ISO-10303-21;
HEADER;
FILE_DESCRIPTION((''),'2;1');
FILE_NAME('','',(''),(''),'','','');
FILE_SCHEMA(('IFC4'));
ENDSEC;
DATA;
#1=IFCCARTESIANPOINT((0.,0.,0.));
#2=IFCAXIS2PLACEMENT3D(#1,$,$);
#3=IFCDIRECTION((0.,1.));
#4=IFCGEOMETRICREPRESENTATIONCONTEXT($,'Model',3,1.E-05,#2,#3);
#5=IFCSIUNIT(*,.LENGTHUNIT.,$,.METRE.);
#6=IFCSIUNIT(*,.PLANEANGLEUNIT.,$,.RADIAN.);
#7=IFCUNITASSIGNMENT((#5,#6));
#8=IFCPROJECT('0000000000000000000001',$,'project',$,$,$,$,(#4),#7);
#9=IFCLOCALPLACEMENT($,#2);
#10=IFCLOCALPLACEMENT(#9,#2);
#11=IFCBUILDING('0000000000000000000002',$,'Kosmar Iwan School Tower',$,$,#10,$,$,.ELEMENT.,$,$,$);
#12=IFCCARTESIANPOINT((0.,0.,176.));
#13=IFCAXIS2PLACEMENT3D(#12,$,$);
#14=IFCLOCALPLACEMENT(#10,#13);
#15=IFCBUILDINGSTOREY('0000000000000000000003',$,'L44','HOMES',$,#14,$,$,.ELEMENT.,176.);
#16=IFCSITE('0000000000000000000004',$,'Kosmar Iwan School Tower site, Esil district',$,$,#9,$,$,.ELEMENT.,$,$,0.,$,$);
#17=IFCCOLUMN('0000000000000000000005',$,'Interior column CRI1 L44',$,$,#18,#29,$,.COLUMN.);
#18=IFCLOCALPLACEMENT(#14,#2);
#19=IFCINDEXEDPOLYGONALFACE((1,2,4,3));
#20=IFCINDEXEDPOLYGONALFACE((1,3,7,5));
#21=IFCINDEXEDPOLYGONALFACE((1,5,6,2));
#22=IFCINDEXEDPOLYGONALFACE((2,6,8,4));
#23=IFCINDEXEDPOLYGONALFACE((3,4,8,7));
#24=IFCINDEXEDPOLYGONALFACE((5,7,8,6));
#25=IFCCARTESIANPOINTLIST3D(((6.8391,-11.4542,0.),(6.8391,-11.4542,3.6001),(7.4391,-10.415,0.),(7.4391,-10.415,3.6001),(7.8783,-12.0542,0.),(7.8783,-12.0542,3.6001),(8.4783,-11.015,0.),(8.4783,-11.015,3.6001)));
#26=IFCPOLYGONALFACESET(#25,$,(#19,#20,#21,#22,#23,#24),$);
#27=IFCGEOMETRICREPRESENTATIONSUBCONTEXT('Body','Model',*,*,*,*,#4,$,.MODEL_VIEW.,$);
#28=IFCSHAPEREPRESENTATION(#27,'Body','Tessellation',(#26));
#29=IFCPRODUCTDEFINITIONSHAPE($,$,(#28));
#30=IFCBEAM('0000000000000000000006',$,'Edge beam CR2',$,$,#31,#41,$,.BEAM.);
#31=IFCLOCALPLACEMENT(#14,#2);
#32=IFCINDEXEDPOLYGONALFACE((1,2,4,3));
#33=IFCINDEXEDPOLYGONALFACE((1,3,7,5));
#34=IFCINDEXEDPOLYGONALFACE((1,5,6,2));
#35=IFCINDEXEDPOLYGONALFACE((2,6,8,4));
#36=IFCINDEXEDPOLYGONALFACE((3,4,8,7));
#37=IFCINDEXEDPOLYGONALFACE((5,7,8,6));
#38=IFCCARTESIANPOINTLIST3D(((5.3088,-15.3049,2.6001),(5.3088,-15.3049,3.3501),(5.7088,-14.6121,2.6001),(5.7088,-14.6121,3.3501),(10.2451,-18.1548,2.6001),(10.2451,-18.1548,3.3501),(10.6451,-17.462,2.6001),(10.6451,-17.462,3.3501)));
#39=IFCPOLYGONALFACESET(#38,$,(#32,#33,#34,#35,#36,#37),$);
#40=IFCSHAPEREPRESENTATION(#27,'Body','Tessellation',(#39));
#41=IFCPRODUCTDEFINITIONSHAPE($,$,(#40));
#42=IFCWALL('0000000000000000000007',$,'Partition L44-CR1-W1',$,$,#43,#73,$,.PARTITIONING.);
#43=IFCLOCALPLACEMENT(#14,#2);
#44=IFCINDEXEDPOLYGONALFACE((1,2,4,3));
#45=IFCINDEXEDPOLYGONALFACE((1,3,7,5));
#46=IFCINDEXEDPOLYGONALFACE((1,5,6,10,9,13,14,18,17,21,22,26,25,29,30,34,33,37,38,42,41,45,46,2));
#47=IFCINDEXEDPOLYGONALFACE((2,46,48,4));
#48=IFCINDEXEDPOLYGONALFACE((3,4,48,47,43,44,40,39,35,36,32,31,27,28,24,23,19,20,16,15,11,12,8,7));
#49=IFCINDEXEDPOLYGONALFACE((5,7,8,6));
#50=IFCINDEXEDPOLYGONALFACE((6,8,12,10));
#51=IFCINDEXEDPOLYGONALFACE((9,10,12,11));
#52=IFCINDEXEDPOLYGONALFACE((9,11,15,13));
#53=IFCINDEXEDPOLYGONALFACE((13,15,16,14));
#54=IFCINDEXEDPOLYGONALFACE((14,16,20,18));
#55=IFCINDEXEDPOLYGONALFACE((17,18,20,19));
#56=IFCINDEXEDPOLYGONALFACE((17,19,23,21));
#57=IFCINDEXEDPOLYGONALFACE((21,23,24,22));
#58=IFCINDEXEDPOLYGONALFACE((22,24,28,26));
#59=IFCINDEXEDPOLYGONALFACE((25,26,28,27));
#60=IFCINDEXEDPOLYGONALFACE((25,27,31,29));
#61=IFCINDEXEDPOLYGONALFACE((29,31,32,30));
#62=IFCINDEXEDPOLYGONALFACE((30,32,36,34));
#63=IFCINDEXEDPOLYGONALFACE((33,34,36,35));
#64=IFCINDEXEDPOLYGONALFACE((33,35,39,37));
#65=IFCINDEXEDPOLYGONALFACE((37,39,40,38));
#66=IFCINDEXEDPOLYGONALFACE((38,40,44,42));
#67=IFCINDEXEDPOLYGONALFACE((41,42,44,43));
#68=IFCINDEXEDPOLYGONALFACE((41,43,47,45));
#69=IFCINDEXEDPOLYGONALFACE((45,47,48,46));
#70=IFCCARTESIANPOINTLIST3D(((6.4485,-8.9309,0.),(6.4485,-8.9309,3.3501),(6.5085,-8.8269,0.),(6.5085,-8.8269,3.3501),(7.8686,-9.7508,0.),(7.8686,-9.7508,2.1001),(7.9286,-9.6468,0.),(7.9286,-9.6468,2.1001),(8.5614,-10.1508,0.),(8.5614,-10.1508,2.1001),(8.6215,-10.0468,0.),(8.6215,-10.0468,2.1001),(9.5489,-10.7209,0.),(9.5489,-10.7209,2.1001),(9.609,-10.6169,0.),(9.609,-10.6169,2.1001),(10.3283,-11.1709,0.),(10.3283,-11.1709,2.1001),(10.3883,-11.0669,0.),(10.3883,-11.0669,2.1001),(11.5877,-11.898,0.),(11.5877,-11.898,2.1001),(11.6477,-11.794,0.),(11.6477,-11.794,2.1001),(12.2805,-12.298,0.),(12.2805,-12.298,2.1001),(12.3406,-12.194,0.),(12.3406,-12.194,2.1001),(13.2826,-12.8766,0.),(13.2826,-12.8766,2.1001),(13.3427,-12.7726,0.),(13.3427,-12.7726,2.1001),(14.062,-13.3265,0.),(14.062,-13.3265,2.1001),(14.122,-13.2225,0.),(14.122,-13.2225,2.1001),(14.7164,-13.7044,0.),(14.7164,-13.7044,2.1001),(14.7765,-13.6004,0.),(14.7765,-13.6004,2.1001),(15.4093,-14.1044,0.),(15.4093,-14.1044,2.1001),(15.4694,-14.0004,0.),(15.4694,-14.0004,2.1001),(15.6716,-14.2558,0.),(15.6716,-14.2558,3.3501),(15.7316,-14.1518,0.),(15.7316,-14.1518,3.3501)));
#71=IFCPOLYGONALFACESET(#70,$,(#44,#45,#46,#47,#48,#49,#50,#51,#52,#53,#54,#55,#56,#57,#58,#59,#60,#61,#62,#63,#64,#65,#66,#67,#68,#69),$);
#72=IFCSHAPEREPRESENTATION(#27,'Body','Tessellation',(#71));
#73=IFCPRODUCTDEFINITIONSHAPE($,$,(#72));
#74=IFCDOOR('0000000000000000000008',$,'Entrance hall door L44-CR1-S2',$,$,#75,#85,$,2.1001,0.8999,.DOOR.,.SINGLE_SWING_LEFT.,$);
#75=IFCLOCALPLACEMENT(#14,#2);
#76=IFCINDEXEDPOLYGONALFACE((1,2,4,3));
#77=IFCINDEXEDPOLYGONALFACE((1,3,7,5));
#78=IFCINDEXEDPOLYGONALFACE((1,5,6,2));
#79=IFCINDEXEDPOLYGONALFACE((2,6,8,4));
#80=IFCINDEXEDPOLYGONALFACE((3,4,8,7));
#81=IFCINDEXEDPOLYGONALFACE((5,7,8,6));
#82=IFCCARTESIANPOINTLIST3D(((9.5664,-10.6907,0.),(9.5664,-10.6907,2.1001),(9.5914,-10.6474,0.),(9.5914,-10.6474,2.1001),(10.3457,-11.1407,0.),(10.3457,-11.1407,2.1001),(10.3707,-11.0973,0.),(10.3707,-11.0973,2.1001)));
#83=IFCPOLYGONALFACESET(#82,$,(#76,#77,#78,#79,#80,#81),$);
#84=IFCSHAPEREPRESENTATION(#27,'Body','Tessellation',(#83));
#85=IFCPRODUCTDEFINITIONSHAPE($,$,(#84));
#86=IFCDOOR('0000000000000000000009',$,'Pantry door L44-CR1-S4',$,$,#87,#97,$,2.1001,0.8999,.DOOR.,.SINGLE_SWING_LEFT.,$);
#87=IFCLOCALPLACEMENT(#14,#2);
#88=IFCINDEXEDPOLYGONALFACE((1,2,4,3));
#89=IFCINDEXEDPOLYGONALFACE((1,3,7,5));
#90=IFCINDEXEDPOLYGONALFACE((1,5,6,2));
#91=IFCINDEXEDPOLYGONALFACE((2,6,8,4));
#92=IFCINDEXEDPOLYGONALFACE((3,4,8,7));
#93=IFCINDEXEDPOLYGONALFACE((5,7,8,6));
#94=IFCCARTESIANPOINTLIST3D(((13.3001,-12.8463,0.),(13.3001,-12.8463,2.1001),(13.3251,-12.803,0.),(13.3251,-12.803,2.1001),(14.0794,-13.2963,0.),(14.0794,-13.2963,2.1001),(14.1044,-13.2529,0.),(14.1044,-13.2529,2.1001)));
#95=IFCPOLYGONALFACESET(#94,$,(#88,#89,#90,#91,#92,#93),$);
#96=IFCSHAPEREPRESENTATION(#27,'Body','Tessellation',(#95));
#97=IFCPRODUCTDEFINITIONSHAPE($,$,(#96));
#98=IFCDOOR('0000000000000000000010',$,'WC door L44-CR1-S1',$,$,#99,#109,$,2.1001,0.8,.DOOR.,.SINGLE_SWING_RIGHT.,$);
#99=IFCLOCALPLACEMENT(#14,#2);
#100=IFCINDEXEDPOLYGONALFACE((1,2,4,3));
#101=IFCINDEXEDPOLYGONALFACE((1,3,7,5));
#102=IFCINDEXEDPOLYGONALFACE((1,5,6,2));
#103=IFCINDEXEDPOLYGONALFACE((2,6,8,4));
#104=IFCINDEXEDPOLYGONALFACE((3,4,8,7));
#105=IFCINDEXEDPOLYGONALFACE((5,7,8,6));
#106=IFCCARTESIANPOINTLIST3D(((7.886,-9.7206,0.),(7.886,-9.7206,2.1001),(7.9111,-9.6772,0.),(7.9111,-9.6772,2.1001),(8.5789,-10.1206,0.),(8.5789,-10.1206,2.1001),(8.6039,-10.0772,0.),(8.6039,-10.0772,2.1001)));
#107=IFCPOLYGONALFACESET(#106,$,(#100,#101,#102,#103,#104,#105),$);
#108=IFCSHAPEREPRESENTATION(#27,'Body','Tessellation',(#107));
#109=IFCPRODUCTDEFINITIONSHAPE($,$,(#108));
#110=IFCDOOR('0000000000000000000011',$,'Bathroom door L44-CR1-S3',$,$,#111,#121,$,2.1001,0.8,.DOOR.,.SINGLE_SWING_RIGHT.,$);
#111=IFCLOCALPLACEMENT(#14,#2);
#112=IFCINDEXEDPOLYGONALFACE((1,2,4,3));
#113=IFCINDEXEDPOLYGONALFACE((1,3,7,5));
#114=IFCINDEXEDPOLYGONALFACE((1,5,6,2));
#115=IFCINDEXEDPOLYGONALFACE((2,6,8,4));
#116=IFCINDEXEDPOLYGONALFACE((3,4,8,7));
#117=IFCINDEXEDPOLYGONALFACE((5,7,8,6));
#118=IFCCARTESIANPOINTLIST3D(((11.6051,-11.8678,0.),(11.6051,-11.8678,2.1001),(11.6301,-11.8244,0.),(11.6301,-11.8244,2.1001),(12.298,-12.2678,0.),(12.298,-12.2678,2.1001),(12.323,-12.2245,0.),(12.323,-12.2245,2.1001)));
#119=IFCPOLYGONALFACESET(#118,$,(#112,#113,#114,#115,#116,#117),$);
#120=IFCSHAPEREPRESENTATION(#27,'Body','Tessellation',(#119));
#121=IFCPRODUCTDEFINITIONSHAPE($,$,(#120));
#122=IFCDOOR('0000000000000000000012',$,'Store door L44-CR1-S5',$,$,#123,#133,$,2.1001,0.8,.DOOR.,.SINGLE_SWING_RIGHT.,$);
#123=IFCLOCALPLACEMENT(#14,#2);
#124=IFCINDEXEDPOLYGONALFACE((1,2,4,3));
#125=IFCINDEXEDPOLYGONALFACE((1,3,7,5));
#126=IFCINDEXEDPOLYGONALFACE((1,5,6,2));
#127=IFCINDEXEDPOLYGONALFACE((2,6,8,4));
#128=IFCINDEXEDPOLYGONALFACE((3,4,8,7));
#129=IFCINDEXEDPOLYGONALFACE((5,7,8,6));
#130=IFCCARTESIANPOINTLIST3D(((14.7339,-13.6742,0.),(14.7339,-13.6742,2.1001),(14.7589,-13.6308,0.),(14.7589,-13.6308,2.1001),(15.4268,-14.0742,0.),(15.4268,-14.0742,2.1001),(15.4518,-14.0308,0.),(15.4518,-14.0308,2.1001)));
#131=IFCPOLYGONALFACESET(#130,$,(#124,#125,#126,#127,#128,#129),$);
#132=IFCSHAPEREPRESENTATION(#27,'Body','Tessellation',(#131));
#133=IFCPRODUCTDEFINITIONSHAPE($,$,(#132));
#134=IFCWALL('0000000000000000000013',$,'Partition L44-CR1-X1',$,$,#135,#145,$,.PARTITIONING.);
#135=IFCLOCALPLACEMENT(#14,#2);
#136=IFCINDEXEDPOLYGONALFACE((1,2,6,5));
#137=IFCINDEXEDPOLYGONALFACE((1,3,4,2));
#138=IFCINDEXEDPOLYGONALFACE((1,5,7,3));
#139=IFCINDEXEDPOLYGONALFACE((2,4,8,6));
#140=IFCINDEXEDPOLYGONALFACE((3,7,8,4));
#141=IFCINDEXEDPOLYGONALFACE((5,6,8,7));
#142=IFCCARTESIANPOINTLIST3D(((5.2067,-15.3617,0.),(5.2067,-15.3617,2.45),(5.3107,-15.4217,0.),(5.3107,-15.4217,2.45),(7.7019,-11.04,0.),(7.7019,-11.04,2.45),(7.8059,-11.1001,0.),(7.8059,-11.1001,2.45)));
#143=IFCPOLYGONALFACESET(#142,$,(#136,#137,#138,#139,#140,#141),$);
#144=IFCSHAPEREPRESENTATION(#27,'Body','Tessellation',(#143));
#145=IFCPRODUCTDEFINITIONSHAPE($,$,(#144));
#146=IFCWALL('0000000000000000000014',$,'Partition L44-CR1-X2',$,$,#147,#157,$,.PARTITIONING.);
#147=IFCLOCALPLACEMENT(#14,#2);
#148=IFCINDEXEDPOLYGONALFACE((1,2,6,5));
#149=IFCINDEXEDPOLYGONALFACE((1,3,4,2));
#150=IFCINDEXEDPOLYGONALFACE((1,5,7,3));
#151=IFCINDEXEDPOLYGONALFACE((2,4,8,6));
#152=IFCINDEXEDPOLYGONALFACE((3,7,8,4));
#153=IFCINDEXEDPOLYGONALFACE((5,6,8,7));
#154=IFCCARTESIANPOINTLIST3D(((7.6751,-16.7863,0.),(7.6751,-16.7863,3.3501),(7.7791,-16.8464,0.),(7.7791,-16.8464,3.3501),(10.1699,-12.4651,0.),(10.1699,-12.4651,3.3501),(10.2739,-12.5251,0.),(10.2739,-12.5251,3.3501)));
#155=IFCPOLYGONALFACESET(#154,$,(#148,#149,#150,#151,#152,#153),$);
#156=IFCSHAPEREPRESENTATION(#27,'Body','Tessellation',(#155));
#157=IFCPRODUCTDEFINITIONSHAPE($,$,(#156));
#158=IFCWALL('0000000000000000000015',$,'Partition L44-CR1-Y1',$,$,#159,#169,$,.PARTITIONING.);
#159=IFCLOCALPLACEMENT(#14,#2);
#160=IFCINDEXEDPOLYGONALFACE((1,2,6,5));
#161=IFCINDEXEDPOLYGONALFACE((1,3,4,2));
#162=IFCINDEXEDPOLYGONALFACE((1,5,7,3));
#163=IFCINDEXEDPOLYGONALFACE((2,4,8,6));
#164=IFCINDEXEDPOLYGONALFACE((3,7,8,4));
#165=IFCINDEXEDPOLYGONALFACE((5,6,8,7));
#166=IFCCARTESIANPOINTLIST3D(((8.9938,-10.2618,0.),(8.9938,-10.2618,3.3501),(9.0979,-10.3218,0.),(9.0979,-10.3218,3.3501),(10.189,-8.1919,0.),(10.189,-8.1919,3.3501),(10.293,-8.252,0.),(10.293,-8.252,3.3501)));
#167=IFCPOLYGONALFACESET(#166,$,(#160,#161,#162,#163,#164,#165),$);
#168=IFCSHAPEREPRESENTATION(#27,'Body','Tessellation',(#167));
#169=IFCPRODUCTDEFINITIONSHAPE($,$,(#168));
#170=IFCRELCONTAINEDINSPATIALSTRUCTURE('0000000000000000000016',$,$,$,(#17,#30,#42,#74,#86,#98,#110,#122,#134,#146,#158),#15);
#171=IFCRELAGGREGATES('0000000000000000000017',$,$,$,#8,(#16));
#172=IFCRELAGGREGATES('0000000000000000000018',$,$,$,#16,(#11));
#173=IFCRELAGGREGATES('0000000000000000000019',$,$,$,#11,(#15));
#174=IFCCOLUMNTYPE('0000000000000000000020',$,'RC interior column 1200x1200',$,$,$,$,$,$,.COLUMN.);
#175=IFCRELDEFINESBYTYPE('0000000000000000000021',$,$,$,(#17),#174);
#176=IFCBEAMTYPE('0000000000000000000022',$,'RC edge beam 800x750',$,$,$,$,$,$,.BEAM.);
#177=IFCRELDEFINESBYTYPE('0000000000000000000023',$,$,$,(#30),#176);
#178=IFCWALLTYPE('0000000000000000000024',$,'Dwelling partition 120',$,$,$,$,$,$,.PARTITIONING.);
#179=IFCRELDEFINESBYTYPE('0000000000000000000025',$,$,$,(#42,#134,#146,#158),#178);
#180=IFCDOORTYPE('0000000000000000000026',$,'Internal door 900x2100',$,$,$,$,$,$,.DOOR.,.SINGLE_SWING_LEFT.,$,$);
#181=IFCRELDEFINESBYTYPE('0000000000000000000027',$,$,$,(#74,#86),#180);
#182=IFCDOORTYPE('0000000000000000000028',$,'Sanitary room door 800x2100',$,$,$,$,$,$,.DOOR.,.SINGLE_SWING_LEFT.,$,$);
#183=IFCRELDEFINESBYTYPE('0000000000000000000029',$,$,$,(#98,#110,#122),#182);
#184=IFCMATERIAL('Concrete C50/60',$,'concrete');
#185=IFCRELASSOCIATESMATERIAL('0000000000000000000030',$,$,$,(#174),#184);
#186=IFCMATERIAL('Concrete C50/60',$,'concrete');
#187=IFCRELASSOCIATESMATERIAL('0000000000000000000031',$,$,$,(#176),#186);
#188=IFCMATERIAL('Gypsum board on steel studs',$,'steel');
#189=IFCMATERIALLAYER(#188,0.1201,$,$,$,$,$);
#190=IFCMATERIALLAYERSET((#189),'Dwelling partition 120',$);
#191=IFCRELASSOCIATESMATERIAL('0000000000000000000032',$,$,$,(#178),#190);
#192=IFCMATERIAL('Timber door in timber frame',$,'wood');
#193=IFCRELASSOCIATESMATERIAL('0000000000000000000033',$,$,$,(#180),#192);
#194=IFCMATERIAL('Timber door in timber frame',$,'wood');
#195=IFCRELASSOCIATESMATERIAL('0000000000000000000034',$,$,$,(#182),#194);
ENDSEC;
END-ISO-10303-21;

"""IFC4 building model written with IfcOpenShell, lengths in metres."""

from ifc_helpers import new_model, si_unit, direction, frame, frame_2d, origin, origin_2d, place, context, subcontext, project, spatial, rectangle, extrude, material, layer, layer_set, material_profile, profile_set, type_object, element, fill, save


model = new_model("IFC4")

# Units and contexts
model_context = context("Model", 3, precision=1e-05, world=origin(), true_north=direction((0.0, 1.0)))
body_context = subcontext(model_context, "Body", "Model", "MODEL_VIEW")
ifc_project = project(units=[si_unit("LENGTHUNIT", "METRE"), si_unit("PLANEANGLEUNIT", "RADIAN")], contexts=[model_context])

# Site, building, storey
site_placement = place(None, origin())
site = spatial("IfcSite", under=ifc_project, at=site_placement, Name="Kosmar Iwan School Tower site, Esil district", CompositionType="ELEMENT", RefElevation=0.0)
building_placement = place(site_placement, origin())
building = spatial("IfcBuilding", under=site, at=building_placement, Name="Kosmar Iwan School Tower", CompositionType="ELEMENT")
storey_placement = place(building_placement, frame((0.0, 0.0, 176.0)))
storey = spatial("IfcBuildingStorey", under=building, at=storey_placement, Name="L44", Description="HOMES", CompositionType="ELEMENT", Elevation=176.0)

# Column
ifc_material_1 = material(Name="Concrete C50/60", Category="concrete")
ifc_material_profile_1 = material_profile(ifc_material_1, rectangle(XDim=1.2, YDim=1.2, at=origin_2d()), Name="RC 1200x1200")
ifc_profile_set_1 = profile_set([ifc_material_profile_1], Name="Concrete C50/60")
column_type = type_object("IfcColumnType", Name="RC interior column 1200x1200", PredefinedType="COLUMN", material=ifc_profile_set_1)
column_placement = place(storey_placement, frame((7.6587, -11.2346, 0.0), z_axis=(0.0, 0.0, 1.0), x_axis=(0.866025, -0.5, 0.0)))
element("IfcColumn", 1, at=column_placement, inside=storey, type_object=column_type, Name="Interior column CRI1 L44", PredefinedType="COLUMN", context=body_context, shape_type="SweptSolid", body=[
    extrude(rectangle(XDim=1.2, YDim=1.2, at=origin_2d()), origin(), (0.0, 0.0, 1.0), 3.6001),
])

# Beam
ifc_material_2 = material(Name="Concrete C50/60", Category="concrete")
ifc_material_profile_2 = material_profile(ifc_material_2, rectangle(XDim=0.8, YDim=0.75, at=origin_2d()), Name="RC 800x750")
ifc_profile_set_2 = profile_set([ifc_material_profile_2], Name="Concrete C50/60")
beam_type = type_object("IfcBeamType", Name="RC edge beam 800x750", PredefinedType="BEAM", material=ifc_profile_set_2)
beam_placement = place(storey_placement, frame((5.5088, -14.9585, 2.9751), z_axis=(0.866034, -0.499986, 0.0), x_axis=(0.499986, 0.866034, 0.0)))
element("IfcBeam", 2, at=beam_placement, inside=storey, type_object=beam_type, Name="Edge beam CR2", PredefinedType="BEAM", context=body_context, shape_type="SweptSolid", body=[
    extrude(rectangle(XDim=0.8, YDim=0.75, at=origin_2d()), origin(), (0.0, 0.0, 1.0), 5.7),
])

# Wall, openings, doors
ifc_material_3 = material(Name="Gypsum board on steel studs", Category="steel")
ifc_layer = layer(ifc_material_3, 0.1201)
ifc_layer_set = layer_set([ifc_layer], Name="Dwelling partition 120")
wall_type = type_object("IfcWallType", Name="Dwelling partition 120", PredefinedType="PARTITIONING", material=ifc_layer_set)
wall_1_placement = place(storey_placement, frame((6.4785, -8.8789, 0.0), z_axis=(0.0, 0.0, 1.0), x_axis=(0.866027, -0.499998, 0.0)))
wall_1 = element("IfcWall", 3, at=wall_1_placement, inside=storey, type_object=wall_type, Name="Partition L44-CR1-W1", PredefinedType="PARTITIONING", context=body_context, shape_type="SweptSolid", body=[
    extrude(rectangle(XDim=10.6499, YDim=0.1201, at=frame_2d((5.325, 0.0))), origin(), (0.0, 0.0, 1.0), 3.3501),
])
opening_1_placement = place(wall_1_placement, frame((1.6399, 0.0, 0.0)))
opening_1 = element("IfcOpeningElement", 4, at=opening_1_placement, cuts=wall_1, PredefinedType="OPENING", context=body_context, shape_type="SweptSolid", body=[
    extrude(rectangle(XDim=0.8, YDim=2.1001, at=frame_2d((0.3999, 1.05))), frame((0.0, 0.072, 0.0), z_axis=(0.0, -1.0, 0.0), x_axis=(1.0, 0.0, 0.0)), (0.0, 0.0, 1.0), 0.144),
])
opening_2_placement = place(wall_1_placement, frame((3.5801, 0.0, 0.0)))
opening_2 = element("IfcOpeningElement", 5, at=opening_2_placement, cuts=wall_1, PredefinedType="OPENING", context=body_context, shape_type="SweptSolid", body=[
    extrude(rectangle(XDim=0.8999, YDim=2.1001, at=frame_2d((0.45, 1.05))), frame((0.0, 0.072, 0.0), z_axis=(0.0, -1.0, 0.0), x_axis=(1.0, 0.0, 0.0)), (0.0, 0.0, 1.0), 0.144),
])
opening_3_placement = place(wall_1_placement, frame((5.9343, 0.0, 0.0)))
opening_3 = element("IfcOpeningElement", 6, at=opening_3_placement, cuts=wall_1, PredefinedType="OPENING", context=body_context, shape_type="SweptSolid", body=[
    extrude(rectangle(XDim=0.8, YDim=2.1001, at=frame_2d((0.3999, 1.05))), frame((0.0, 0.072, 0.0), z_axis=(0.0, -1.0, 0.0), x_axis=(1.0, 0.0, 0.0)), (0.0, 0.0, 1.0), 0.144),
])
opening_4_placement = place(wall_1_placement, frame((7.8914, 0.0, 0.0)))
opening_4 = element("IfcOpeningElement", 7, at=opening_4_placement, cuts=wall_1, PredefinedType="OPENING", context=body_context, shape_type="SweptSolid", body=[
    extrude(rectangle(XDim=0.8999, YDim=2.1001, at=frame_2d((0.45, 1.05))), frame((0.0, 0.072, 0.0), z_axis=(0.0, -1.0, 0.0), x_axis=(1.0, 0.0, 0.0)), (0.0, 0.0, 1.0), 0.144),
])
opening_5_placement = place(wall_1_placement, frame((9.5471, 0.0, 0.0)))
opening_5 = element("IfcOpeningElement", 8, at=opening_5_placement, cuts=wall_1, PredefinedType="OPENING", context=body_context, shape_type="SweptSolid", body=[
    extrude(rectangle(XDim=0.8, YDim=2.1001, at=frame_2d((0.3999, 1.05))), frame((0.0, 0.072, 0.0), z_axis=(0.0, -1.0, 0.0), x_axis=(1.0, 0.0, 0.0)), (0.0, 0.0, 1.0), 0.144),
])
ifc_material_4 = material(Name="Timber door in timber frame", Category="wood")
door_type_1 = type_object("IfcDoorType", Name="Internal door 900x2100", OperationType="SINGLE_SWING_LEFT", PredefinedType="DOOR", material=ifc_material_4)
door_1_placement = place(opening_2_placement, origin())
door_1 = element("IfcDoor", 9, at=door_1_placement, inside=storey, type_object=door_type_1, Name="Entrance hall door L44-CR1-S2", OperationType="SINGLE_SWING_LEFT", OverallHeight=2.1001, OverallWidth=0.8999, PredefinedType="DOOR", context=body_context, shape_type="SweptSolid", body=[
    extrude(rectangle(XDim=0.8999, YDim=2.1001, at=frame_2d((0.45, 1.05))), frame((0.0, 0.0249, 0.0), z_axis=(0.0, -1.0, 0.0), x_axis=(1.0, 0.0, 0.0)), (0.0, 0.0, 1.0), 0.05),
])
fill(opening_2, door_1)
door_2_placement = place(opening_4_placement, origin())
door_2 = element("IfcDoor", 10, at=door_2_placement, inside=storey, type_object=door_type_1, Name="Pantry door L44-CR1-S4", OperationType="SINGLE_SWING_LEFT", OverallHeight=2.1001, OverallWidth=0.8999, PredefinedType="DOOR", context=body_context, shape_type="SweptSolid", body=[
    extrude(rectangle(XDim=0.8999, YDim=2.1001, at=frame_2d((0.45, 1.05))), frame((0.0, 0.0249, 0.0), z_axis=(0.0, -1.0, 0.0), x_axis=(1.0, 0.0, 0.0)), (0.0, 0.0, 1.0), 0.05),
])
fill(opening_4, door_2)
ifc_material_5 = material(Name="Timber door in timber frame", Category="wood")
door_type_2 = type_object("IfcDoorType", Name="Sanitary room door 800x2100", OperationType="SINGLE_SWING_LEFT", PredefinedType="DOOR", material=ifc_material_5)
door_3_placement = place(opening_1_placement, origin())
door_3 = element("IfcDoor", 11, at=door_3_placement, inside=storey, type_object=door_type_2, Name="WC door L44-CR1-S1", OperationType="SINGLE_SWING_RIGHT", OverallHeight=2.1001, OverallWidth=0.8, PredefinedType="DOOR", context=body_context, shape_type="SweptSolid", body=[
    extrude(rectangle(XDim=0.8, YDim=2.1001, at=frame_2d((0.3999, 1.05))), frame((0.0, 0.0249, 0.0), z_axis=(0.0, -1.0, 0.0), x_axis=(1.0, 0.0, 0.0)), (0.0, 0.0, 1.0), 0.05),
])
fill(opening_1, door_3)
door_4_placement = place(opening_3_placement, origin())
door_4 = element("IfcDoor", 12, at=door_4_placement, inside=storey, type_object=door_type_2, Name="Bathroom door L44-CR1-S3", OperationType="SINGLE_SWING_RIGHT", OverallHeight=2.1001, OverallWidth=0.8, PredefinedType="DOOR", context=body_context, shape_type="SweptSolid", body=[
    extrude(rectangle(XDim=0.8, YDim=2.1001, at=frame_2d((0.3999, 1.05))), frame((0.0, 0.0249, 0.0), z_axis=(0.0, -1.0, 0.0), x_axis=(1.0, 0.0, 0.0)), (0.0, 0.0, 1.0), 0.05),
])
fill(opening_3, door_4)
door_5_placement = place(opening_5_placement, origin())
door_5 = element("IfcDoor", 13, at=door_5_placement, inside=storey, type_object=door_type_2, Name="Store door L44-CR1-S5", OperationType="SINGLE_SWING_RIGHT", OverallHeight=2.1001, OverallWidth=0.8, PredefinedType="DOOR", context=body_context, shape_type="SweptSolid", body=[
    extrude(rectangle(XDim=0.8, YDim=2.1001, at=frame_2d((0.3999, 1.05))), frame((0.0, 0.0249, 0.0), z_axis=(0.0, -1.0, 0.0), x_axis=(1.0, 0.0, 0.0)), (0.0, 0.0, 1.0), 0.05),
])
fill(opening_5, door_5)

# Walls
wall_2_placement = place(storey_placement, frame((7.7539, -11.0701, 0.0), z_axis=(0.0, 0.0, 1.0), x_axis=(-0.500012, -0.866019, 0.0)))
element("IfcWall", 14, at=wall_2_placement, inside=storey, type_object=wall_type, Name="Partition L44-CR1-X1", PredefinedType="PARTITIONING", context=body_context, shape_type="SweptSolid", body=[
    extrude(rectangle(XDim=4.9902, YDim=0.1201, at=frame_2d((2.4951, 0.0))), origin(), (0.0, 0.0, 1.0), 2.45),
])
wall_3_placement = place(storey_placement, frame((10.2219, -12.4951, 0.0), z_axis=(0.0, 0.0, 1.0), x_axis=(-0.499996, -0.866028, 0.0)))
element("IfcWall", 15, at=wall_3_placement, inside=storey, type_object=wall_type, Name="Partition L44-CR1-X2", PredefinedType="PARTITIONING", context=body_context, shape_type="SweptSolid", body=[
    extrude(rectangle(XDim=4.9897, YDim=0.1201, at=frame_2d((2.4949, 0.0))), origin(), (0.0, 0.0, 1.0), 3.3501),
])
wall_4_placement = place(storey_placement, frame((10.241, -8.2219, 0.0), z_axis=(0.0, 0.0, 1.0), x_axis=(-0.500017, -0.866015, 0.0)))
element("IfcWall", 16, at=wall_4_placement, inside=storey, type_object=wall_type, Name="Partition L44-CR1-Y1", PredefinedType="PARTITIONING", context=body_context, shape_type="SweptSolid", body=[
    extrude(rectangle(XDim=2.3901, YDim=0.1201, at=frame_2d((1.1951, 0.0))), origin(), (0.0, 0.0, 1.0), 3.3501),
])

save(model, "model.ifc")
